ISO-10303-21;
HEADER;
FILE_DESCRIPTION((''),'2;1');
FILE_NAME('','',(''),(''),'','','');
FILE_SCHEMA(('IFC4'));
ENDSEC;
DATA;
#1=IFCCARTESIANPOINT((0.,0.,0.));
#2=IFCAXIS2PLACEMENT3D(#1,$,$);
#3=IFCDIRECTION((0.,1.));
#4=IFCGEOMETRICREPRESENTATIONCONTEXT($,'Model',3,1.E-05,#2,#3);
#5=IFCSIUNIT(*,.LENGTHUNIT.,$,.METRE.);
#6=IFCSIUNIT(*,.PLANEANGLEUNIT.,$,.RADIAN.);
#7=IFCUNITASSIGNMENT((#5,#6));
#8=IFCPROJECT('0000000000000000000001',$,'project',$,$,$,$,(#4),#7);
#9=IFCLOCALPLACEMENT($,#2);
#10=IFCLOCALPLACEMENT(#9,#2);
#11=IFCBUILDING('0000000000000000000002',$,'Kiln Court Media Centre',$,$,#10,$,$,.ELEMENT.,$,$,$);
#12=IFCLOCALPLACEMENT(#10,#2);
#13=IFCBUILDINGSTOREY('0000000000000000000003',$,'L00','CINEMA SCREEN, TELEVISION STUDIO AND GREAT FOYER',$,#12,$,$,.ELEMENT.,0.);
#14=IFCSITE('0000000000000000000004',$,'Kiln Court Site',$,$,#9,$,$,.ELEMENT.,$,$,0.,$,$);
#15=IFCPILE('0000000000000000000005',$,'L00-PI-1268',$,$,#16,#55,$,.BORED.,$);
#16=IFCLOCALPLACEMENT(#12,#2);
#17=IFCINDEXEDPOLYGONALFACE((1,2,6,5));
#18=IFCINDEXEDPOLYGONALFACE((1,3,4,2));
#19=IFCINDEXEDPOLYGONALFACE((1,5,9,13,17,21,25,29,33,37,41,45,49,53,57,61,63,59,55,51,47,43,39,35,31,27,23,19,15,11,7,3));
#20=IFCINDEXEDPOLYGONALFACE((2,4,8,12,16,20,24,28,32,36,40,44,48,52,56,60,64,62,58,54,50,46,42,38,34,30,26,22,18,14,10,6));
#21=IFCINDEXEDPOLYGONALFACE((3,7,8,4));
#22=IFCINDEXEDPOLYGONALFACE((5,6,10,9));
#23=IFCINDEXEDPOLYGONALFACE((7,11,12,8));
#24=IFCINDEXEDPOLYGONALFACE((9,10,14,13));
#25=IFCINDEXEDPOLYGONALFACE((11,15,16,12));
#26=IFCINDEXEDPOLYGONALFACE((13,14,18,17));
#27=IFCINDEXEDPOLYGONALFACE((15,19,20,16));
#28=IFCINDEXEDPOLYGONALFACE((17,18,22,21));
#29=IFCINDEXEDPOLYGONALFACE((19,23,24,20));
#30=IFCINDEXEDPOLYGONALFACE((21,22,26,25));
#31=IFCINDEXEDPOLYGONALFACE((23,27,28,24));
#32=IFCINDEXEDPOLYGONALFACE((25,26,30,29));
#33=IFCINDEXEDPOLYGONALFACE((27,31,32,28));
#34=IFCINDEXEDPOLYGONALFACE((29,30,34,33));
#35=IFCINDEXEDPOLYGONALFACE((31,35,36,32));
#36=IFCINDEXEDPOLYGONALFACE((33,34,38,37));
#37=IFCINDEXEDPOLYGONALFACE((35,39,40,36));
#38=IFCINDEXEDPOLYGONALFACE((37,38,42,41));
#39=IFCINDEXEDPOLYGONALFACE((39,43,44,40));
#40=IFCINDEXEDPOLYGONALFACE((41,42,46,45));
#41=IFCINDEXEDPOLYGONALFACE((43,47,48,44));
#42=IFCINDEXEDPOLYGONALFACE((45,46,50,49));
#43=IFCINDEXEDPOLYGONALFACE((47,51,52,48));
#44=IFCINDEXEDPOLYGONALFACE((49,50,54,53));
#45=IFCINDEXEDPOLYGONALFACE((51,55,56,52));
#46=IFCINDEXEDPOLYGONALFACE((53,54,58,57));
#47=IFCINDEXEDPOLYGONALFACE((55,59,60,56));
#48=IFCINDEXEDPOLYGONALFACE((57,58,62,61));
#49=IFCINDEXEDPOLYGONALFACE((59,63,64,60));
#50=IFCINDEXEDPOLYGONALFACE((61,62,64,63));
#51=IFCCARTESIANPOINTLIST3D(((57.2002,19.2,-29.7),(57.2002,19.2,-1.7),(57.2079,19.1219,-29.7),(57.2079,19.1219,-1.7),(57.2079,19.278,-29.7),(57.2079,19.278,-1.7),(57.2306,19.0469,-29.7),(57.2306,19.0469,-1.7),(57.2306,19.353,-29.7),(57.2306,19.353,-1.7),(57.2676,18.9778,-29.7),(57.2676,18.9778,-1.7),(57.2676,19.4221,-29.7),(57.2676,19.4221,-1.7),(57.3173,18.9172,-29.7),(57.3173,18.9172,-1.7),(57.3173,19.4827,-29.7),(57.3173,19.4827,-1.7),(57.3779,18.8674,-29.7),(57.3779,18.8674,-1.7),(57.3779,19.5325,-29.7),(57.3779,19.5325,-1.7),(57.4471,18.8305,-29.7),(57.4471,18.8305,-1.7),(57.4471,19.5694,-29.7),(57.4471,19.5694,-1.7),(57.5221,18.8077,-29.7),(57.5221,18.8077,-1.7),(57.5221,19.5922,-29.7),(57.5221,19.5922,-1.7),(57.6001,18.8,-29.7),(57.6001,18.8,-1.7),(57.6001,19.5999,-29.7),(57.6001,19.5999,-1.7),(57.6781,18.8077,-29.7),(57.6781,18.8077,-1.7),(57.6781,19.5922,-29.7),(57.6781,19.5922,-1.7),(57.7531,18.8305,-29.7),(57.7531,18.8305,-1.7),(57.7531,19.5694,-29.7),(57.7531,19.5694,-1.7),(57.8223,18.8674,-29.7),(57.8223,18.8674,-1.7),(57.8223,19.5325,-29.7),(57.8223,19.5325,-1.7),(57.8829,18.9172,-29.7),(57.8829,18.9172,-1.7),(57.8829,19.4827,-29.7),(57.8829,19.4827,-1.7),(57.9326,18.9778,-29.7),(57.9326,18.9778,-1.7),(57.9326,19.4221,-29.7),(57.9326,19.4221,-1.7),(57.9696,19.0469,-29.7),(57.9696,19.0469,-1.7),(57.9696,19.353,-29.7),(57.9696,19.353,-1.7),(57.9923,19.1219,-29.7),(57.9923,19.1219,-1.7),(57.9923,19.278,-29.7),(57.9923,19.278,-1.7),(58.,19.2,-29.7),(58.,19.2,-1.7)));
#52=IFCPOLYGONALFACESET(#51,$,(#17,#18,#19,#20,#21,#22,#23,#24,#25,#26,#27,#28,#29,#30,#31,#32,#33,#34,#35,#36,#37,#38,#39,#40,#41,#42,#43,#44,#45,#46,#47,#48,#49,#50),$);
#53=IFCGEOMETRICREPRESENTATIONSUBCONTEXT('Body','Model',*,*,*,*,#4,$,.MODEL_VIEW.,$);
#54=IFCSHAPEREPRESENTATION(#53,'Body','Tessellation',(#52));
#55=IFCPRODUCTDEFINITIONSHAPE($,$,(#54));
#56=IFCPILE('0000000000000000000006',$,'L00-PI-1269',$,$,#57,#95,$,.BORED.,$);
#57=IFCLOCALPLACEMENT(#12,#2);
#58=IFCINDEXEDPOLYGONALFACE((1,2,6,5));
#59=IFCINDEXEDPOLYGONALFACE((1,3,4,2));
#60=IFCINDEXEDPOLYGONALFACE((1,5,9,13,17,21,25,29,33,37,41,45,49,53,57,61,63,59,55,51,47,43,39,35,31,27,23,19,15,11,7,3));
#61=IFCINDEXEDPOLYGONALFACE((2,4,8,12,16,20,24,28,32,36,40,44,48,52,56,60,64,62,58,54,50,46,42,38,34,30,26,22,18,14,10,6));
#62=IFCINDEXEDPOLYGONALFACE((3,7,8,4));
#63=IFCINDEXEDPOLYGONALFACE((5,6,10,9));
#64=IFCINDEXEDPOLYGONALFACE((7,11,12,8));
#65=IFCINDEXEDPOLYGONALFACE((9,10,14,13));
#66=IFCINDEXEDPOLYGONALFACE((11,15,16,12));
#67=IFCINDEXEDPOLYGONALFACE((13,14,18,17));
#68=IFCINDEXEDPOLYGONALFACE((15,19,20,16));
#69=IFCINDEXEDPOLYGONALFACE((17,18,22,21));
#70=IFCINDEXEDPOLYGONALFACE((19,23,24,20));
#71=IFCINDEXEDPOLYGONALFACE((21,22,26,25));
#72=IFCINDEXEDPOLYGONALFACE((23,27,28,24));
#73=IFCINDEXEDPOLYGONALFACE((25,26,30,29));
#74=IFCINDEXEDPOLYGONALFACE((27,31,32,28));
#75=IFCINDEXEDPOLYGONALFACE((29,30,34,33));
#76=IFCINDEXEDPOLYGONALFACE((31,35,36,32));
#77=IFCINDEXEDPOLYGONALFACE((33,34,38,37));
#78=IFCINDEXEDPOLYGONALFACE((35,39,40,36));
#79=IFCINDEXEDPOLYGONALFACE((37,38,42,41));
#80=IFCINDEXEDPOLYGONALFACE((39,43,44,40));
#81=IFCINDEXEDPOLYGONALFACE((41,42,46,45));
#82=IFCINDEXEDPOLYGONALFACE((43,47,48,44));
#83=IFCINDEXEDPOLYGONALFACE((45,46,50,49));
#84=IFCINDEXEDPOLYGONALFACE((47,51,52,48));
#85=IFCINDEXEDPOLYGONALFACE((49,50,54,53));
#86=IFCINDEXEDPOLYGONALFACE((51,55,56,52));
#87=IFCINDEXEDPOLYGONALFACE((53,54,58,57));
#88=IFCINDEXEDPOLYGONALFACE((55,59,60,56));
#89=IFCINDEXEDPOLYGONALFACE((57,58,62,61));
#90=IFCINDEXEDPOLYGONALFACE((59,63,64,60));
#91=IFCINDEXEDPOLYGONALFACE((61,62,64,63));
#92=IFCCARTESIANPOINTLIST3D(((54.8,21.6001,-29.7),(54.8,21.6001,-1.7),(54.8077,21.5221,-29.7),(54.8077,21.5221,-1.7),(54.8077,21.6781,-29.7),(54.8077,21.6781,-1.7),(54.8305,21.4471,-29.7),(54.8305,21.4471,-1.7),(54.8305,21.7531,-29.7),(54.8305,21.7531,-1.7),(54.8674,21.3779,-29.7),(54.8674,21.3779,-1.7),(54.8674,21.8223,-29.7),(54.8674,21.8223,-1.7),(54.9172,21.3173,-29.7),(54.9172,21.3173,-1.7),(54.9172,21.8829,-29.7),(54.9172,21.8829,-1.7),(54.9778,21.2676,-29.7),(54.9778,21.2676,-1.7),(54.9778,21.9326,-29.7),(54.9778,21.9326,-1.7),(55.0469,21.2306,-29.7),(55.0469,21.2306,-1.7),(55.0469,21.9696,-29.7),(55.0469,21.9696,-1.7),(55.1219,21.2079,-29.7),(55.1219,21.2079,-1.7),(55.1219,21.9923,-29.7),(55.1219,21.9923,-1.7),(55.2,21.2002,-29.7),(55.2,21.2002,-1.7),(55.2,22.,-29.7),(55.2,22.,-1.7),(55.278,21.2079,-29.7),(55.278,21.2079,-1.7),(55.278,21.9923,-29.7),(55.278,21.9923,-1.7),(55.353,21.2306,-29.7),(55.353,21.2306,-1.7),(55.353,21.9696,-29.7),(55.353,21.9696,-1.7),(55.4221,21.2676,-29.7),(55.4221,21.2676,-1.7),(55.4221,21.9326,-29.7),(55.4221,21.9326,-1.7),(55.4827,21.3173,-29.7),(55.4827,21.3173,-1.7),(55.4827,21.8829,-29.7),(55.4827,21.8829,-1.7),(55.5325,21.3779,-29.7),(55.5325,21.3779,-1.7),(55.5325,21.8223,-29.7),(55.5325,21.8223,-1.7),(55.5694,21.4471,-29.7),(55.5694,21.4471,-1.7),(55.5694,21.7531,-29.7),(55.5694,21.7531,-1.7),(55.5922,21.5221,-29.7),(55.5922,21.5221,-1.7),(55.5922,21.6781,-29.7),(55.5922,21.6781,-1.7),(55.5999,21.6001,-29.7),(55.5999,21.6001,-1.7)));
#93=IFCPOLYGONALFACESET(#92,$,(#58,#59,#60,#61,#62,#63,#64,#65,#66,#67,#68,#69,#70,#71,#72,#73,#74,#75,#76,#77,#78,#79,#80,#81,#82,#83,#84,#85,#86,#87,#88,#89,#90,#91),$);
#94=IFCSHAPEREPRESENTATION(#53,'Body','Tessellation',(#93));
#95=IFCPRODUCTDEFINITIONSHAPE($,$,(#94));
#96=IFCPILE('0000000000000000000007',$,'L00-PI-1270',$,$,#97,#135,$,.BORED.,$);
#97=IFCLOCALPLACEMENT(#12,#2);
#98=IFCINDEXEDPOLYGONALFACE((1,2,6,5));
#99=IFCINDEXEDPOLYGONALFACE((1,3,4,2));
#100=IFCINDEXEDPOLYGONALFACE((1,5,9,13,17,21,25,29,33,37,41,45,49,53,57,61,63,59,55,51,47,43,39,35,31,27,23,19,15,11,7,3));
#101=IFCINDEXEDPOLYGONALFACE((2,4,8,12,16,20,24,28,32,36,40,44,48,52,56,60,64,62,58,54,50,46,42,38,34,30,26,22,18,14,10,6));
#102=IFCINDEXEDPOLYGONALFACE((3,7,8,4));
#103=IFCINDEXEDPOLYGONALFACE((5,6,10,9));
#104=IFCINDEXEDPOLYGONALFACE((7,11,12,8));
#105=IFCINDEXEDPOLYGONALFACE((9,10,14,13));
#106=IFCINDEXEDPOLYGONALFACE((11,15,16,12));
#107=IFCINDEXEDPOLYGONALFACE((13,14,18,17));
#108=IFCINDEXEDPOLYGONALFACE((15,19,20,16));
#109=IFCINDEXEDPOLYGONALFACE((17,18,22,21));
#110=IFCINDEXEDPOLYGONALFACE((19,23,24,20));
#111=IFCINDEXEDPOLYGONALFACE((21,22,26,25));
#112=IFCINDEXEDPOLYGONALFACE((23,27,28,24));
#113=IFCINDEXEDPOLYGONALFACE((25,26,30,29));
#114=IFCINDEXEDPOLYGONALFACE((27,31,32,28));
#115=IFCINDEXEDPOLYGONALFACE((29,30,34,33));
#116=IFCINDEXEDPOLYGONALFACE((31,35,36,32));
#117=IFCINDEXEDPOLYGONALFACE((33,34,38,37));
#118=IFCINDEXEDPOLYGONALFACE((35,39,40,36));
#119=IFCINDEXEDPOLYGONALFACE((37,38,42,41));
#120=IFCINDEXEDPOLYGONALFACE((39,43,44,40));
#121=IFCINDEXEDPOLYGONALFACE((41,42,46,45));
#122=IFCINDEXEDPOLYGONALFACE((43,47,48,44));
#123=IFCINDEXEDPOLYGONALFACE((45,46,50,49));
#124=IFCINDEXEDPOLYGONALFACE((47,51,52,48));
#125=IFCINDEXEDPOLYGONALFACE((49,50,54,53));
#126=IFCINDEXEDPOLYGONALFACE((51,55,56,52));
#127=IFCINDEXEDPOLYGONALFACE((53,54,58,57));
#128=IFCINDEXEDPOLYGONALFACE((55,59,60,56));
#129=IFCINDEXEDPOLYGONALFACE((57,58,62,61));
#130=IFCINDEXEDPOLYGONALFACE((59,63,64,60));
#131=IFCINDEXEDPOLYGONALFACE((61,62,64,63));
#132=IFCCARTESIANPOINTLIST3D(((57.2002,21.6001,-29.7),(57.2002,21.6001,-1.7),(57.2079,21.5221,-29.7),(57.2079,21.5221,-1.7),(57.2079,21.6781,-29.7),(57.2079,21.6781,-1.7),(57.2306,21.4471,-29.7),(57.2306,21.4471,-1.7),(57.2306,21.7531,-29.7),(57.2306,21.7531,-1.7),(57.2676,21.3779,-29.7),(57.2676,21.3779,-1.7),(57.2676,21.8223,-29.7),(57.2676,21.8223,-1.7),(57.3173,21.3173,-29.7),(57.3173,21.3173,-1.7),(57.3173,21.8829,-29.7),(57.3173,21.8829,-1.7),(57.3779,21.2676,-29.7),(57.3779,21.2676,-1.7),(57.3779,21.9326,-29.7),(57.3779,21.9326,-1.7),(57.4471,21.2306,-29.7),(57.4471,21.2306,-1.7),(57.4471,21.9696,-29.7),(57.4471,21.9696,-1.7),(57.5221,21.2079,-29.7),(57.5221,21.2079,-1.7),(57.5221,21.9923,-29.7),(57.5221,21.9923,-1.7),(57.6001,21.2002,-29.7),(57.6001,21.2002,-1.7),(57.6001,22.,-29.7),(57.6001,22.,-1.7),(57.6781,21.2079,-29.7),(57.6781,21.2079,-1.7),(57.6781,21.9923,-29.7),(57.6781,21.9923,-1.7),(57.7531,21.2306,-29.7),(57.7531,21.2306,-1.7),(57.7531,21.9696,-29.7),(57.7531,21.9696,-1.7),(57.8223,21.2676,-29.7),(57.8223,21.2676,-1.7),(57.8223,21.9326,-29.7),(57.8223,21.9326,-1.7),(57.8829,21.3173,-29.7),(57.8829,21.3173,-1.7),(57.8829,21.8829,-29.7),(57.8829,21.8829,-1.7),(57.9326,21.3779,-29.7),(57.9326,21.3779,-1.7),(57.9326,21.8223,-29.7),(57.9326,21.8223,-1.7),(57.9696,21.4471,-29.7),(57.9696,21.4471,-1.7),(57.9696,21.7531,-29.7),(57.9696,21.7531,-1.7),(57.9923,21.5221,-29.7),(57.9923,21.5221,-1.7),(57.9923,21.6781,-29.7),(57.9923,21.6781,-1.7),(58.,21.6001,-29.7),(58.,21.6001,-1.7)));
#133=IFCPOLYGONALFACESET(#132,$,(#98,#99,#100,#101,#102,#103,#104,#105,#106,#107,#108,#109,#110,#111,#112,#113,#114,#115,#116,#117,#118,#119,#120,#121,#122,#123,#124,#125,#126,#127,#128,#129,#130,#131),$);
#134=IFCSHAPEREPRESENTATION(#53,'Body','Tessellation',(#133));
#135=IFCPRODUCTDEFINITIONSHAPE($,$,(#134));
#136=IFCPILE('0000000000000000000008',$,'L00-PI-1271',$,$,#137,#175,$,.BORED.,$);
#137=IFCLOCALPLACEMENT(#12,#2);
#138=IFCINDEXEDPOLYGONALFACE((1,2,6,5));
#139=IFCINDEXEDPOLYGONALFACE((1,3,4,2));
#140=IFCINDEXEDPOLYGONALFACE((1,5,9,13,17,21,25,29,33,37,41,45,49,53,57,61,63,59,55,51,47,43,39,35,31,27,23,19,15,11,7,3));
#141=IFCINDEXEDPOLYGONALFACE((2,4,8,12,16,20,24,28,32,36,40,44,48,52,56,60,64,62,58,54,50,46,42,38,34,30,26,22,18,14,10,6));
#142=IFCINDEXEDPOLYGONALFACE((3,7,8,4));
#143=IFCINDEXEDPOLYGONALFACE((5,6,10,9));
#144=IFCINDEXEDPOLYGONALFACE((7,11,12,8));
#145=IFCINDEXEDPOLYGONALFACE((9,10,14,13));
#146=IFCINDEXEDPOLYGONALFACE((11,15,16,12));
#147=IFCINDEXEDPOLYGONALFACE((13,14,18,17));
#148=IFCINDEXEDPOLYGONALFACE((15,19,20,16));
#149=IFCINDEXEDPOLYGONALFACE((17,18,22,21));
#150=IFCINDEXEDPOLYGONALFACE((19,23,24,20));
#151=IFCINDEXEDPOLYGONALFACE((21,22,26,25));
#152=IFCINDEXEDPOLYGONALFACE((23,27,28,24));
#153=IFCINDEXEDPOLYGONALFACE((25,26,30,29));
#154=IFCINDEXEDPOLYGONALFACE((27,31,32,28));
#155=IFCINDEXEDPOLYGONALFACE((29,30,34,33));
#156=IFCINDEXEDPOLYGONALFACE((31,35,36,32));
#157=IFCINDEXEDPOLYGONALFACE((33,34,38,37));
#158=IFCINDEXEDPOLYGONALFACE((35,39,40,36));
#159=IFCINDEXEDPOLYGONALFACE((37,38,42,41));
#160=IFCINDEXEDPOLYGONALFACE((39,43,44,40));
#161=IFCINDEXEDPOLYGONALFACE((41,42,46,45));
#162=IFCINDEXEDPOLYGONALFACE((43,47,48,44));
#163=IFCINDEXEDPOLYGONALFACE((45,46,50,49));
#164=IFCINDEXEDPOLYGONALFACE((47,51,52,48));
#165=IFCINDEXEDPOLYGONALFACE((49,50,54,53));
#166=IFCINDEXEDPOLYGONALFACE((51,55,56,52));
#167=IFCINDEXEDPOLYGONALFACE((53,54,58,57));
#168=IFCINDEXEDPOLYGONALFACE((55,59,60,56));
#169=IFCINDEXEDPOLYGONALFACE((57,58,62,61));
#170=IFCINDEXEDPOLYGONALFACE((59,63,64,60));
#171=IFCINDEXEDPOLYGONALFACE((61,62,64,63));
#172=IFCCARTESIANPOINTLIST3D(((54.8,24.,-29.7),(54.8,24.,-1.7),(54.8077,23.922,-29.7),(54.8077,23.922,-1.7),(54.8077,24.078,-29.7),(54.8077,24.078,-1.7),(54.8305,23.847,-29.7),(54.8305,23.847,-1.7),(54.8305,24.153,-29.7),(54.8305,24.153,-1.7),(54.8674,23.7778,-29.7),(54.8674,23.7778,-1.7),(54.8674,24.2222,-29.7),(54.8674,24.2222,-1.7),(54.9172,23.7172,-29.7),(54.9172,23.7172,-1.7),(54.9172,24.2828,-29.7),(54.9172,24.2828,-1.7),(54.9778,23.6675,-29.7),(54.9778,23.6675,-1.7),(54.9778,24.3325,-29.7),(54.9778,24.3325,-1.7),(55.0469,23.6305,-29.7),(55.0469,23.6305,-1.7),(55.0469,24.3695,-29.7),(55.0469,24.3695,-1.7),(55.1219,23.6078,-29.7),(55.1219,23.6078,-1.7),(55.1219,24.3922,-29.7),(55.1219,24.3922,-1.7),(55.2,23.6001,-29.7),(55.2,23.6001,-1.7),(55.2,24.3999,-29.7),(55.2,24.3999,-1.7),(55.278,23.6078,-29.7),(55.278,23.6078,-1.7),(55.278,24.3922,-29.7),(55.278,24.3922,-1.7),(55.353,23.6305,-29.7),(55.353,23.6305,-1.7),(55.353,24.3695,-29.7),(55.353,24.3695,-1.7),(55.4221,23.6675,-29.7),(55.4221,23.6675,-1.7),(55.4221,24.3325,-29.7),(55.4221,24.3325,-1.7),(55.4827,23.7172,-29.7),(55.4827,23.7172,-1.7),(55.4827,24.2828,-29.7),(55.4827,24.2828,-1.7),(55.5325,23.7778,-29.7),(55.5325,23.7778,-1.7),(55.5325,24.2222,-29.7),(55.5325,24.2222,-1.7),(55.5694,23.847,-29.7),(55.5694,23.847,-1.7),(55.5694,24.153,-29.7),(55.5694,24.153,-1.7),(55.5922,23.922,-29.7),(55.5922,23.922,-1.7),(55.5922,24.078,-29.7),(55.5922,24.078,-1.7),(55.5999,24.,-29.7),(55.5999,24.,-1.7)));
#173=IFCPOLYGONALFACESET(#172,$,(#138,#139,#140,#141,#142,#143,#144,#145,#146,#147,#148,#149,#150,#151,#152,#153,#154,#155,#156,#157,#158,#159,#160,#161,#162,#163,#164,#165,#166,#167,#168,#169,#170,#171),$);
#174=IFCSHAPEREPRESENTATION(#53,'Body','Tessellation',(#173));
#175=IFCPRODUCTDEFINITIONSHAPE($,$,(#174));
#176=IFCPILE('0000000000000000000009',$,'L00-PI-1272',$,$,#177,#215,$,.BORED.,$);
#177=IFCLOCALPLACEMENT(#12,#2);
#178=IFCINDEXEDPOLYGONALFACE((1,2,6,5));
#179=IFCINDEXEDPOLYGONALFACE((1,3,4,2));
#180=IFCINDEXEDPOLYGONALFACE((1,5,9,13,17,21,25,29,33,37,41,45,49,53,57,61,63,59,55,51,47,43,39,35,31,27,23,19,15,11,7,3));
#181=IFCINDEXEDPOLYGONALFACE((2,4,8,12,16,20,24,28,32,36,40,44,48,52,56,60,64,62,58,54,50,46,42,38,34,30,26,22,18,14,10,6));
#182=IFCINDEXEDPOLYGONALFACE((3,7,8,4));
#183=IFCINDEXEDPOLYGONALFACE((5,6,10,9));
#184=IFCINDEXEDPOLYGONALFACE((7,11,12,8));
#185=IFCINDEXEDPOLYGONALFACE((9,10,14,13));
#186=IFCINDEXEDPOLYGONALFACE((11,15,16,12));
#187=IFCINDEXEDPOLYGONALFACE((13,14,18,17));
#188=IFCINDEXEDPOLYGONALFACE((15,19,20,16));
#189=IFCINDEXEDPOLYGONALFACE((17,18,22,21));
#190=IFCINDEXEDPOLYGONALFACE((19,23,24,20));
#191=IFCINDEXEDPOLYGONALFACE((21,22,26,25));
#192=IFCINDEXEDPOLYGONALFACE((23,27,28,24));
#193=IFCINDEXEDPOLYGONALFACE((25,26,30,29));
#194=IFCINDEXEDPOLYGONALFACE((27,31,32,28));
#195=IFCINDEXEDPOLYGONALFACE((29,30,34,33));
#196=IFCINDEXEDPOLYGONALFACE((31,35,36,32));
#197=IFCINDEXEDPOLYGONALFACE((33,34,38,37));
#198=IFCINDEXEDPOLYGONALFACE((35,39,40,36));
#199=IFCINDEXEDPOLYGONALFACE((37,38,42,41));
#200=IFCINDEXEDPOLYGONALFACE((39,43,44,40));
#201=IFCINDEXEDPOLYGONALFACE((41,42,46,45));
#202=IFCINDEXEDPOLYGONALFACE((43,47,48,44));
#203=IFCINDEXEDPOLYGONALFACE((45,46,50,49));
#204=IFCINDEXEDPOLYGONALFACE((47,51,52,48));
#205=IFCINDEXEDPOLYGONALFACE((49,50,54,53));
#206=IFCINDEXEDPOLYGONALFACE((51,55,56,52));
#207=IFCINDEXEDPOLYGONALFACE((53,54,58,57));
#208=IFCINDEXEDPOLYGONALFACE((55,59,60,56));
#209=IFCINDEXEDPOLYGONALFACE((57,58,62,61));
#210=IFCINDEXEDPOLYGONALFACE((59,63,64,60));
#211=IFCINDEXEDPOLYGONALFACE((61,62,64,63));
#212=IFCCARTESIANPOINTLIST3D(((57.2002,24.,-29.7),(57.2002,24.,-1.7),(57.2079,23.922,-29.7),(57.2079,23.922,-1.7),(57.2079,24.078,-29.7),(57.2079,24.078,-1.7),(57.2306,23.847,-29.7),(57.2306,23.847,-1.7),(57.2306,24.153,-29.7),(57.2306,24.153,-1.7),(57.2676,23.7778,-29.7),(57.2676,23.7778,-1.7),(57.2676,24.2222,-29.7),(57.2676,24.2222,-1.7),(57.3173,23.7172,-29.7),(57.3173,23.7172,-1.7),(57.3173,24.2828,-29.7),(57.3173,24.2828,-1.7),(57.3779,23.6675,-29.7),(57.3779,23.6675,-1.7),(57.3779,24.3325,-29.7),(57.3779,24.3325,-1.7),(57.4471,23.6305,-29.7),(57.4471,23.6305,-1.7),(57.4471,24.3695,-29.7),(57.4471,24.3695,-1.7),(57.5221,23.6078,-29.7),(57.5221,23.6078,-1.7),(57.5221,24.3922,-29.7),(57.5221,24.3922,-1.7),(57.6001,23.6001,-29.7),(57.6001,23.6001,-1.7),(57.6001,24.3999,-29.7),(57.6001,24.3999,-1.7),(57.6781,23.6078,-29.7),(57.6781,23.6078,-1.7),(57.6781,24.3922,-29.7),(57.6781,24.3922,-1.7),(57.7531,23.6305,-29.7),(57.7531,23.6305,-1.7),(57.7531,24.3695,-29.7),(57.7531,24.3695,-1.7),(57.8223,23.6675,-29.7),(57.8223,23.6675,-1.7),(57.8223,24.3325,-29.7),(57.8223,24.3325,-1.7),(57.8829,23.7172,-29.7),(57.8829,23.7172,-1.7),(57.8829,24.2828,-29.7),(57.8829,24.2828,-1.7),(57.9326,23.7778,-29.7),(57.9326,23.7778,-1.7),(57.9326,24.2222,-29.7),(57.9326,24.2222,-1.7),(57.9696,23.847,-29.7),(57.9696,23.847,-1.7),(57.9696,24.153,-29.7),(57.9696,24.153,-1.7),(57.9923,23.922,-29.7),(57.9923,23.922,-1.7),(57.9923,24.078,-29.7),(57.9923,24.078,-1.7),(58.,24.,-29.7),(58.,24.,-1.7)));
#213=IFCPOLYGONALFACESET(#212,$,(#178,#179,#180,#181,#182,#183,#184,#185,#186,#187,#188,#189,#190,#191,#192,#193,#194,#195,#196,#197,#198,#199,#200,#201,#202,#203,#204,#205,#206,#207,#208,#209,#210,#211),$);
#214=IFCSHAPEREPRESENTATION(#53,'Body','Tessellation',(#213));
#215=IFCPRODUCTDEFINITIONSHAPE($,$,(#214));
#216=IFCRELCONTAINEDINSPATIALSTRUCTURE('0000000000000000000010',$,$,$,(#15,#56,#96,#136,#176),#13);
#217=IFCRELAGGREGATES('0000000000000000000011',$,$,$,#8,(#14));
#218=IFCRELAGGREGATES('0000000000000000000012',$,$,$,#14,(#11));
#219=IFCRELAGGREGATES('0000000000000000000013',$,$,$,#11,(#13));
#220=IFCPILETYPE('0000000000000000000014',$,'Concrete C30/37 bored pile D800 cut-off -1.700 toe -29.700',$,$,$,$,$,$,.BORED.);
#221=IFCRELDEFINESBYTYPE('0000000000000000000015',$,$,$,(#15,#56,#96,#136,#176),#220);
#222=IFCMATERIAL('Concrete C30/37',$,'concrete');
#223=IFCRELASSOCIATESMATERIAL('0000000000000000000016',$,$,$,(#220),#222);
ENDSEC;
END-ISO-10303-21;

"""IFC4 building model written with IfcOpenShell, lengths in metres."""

from ifc_helpers import new_model, si_unit, direction, frame, origin, origin_2d, place, context, subcontext, project, spatial, circle, extrude, material, material_profile, profile_set, type_object, element, save


model = new_model("IFC4")

# Units and contexts
model_context = context("Model", 3, precision=1e-05, world=origin(), true_north=direction((0.0, 1.0)))
body_context = subcontext(model_context, "Body", "Model", "MODEL_VIEW")
ifc_project = project(units=[si_unit("LENGTHUNIT", "METRE"), si_unit("PLANEANGLEUNIT", "RADIAN")], contexts=[model_context])

# Site, building, storey
site_placement = place(None, origin())
site = spatial("IfcSite", under=ifc_project, at=site_placement, Name="Kiln Court Site", CompositionType="ELEMENT", RefElevation=0.0)
building_placement = place(site_placement, origin())
building = spatial("IfcBuilding", under=site, at=building_placement, Name="Kiln Court Media Centre", CompositionType="ELEMENT")
storey_placement = place(building_placement, origin())
storey = spatial("IfcBuildingStorey", under=building, at=storey_placement, Name="L00", Description="CINEMA SCREEN, TELEVISION STUDIO AND GREAT FOYER", CompositionType="ELEMENT", Elevation=0.0)

# Piles
ifc_material_1 = material(Name="Concrete C30/37", Category="concrete")
ifc_material_profile_1 = material_profile(ifc_material_1, circle(Radius=0.3999, at=origin_2d()), Name="PILE D800")
ifc_profile_set_1 = profile_set([ifc_material_profile_1], Name="Concrete C30/37")
pile_type_1 = type_object("IfcPileType", Name="Concrete C30/37 bored pile D800 cut-off -1.700 toe -29.700", PredefinedType="BORED", material=ifc_profile_set_1)
for number, where, z_axis, x_axis, name in (
    (1, (57.6001, 19.2, -1.7), (0.0, 0.0, -1.0), (1.0, 0.0, 0.0), "L00-PI-1268"),
    (2, (55.2, 21.6001, -1.7), (0.0, 0.0, -1.0), (1.0, 0.0, 0.0), "L00-PI-1269"),
    (3, (57.6001, 21.6001, -1.7), (0.0, 0.0, -1.0), (1.0, 0.0, 0.0), "L00-PI-1270"),
    (4, (55.2, 24.0, -1.7), (0.0, 0.0, -1.0), (1.0, 0.0, 0.0), "L00-PI-1271"),
    (5, (57.6001, 24.0, -1.7), (0.0, 0.0, -1.0), (1.0, 0.0, 0.0), "L00-PI-1272"),
):
    element("IfcPile", number, at=place(storey_placement, frame(where, z_axis=z_axis, x_axis=x_axis)), inside=storey, type_object=pile_type_1, Name=name, PredefinedType="BORED", context=body_context, shape_type="SweptSolid", body=[
        extrude(circle(Radius=0.3999, at=origin_2d()), origin(), (0.0, 0.0, 1.0), 28.0),
    ])

save(model, "model.ifc")
